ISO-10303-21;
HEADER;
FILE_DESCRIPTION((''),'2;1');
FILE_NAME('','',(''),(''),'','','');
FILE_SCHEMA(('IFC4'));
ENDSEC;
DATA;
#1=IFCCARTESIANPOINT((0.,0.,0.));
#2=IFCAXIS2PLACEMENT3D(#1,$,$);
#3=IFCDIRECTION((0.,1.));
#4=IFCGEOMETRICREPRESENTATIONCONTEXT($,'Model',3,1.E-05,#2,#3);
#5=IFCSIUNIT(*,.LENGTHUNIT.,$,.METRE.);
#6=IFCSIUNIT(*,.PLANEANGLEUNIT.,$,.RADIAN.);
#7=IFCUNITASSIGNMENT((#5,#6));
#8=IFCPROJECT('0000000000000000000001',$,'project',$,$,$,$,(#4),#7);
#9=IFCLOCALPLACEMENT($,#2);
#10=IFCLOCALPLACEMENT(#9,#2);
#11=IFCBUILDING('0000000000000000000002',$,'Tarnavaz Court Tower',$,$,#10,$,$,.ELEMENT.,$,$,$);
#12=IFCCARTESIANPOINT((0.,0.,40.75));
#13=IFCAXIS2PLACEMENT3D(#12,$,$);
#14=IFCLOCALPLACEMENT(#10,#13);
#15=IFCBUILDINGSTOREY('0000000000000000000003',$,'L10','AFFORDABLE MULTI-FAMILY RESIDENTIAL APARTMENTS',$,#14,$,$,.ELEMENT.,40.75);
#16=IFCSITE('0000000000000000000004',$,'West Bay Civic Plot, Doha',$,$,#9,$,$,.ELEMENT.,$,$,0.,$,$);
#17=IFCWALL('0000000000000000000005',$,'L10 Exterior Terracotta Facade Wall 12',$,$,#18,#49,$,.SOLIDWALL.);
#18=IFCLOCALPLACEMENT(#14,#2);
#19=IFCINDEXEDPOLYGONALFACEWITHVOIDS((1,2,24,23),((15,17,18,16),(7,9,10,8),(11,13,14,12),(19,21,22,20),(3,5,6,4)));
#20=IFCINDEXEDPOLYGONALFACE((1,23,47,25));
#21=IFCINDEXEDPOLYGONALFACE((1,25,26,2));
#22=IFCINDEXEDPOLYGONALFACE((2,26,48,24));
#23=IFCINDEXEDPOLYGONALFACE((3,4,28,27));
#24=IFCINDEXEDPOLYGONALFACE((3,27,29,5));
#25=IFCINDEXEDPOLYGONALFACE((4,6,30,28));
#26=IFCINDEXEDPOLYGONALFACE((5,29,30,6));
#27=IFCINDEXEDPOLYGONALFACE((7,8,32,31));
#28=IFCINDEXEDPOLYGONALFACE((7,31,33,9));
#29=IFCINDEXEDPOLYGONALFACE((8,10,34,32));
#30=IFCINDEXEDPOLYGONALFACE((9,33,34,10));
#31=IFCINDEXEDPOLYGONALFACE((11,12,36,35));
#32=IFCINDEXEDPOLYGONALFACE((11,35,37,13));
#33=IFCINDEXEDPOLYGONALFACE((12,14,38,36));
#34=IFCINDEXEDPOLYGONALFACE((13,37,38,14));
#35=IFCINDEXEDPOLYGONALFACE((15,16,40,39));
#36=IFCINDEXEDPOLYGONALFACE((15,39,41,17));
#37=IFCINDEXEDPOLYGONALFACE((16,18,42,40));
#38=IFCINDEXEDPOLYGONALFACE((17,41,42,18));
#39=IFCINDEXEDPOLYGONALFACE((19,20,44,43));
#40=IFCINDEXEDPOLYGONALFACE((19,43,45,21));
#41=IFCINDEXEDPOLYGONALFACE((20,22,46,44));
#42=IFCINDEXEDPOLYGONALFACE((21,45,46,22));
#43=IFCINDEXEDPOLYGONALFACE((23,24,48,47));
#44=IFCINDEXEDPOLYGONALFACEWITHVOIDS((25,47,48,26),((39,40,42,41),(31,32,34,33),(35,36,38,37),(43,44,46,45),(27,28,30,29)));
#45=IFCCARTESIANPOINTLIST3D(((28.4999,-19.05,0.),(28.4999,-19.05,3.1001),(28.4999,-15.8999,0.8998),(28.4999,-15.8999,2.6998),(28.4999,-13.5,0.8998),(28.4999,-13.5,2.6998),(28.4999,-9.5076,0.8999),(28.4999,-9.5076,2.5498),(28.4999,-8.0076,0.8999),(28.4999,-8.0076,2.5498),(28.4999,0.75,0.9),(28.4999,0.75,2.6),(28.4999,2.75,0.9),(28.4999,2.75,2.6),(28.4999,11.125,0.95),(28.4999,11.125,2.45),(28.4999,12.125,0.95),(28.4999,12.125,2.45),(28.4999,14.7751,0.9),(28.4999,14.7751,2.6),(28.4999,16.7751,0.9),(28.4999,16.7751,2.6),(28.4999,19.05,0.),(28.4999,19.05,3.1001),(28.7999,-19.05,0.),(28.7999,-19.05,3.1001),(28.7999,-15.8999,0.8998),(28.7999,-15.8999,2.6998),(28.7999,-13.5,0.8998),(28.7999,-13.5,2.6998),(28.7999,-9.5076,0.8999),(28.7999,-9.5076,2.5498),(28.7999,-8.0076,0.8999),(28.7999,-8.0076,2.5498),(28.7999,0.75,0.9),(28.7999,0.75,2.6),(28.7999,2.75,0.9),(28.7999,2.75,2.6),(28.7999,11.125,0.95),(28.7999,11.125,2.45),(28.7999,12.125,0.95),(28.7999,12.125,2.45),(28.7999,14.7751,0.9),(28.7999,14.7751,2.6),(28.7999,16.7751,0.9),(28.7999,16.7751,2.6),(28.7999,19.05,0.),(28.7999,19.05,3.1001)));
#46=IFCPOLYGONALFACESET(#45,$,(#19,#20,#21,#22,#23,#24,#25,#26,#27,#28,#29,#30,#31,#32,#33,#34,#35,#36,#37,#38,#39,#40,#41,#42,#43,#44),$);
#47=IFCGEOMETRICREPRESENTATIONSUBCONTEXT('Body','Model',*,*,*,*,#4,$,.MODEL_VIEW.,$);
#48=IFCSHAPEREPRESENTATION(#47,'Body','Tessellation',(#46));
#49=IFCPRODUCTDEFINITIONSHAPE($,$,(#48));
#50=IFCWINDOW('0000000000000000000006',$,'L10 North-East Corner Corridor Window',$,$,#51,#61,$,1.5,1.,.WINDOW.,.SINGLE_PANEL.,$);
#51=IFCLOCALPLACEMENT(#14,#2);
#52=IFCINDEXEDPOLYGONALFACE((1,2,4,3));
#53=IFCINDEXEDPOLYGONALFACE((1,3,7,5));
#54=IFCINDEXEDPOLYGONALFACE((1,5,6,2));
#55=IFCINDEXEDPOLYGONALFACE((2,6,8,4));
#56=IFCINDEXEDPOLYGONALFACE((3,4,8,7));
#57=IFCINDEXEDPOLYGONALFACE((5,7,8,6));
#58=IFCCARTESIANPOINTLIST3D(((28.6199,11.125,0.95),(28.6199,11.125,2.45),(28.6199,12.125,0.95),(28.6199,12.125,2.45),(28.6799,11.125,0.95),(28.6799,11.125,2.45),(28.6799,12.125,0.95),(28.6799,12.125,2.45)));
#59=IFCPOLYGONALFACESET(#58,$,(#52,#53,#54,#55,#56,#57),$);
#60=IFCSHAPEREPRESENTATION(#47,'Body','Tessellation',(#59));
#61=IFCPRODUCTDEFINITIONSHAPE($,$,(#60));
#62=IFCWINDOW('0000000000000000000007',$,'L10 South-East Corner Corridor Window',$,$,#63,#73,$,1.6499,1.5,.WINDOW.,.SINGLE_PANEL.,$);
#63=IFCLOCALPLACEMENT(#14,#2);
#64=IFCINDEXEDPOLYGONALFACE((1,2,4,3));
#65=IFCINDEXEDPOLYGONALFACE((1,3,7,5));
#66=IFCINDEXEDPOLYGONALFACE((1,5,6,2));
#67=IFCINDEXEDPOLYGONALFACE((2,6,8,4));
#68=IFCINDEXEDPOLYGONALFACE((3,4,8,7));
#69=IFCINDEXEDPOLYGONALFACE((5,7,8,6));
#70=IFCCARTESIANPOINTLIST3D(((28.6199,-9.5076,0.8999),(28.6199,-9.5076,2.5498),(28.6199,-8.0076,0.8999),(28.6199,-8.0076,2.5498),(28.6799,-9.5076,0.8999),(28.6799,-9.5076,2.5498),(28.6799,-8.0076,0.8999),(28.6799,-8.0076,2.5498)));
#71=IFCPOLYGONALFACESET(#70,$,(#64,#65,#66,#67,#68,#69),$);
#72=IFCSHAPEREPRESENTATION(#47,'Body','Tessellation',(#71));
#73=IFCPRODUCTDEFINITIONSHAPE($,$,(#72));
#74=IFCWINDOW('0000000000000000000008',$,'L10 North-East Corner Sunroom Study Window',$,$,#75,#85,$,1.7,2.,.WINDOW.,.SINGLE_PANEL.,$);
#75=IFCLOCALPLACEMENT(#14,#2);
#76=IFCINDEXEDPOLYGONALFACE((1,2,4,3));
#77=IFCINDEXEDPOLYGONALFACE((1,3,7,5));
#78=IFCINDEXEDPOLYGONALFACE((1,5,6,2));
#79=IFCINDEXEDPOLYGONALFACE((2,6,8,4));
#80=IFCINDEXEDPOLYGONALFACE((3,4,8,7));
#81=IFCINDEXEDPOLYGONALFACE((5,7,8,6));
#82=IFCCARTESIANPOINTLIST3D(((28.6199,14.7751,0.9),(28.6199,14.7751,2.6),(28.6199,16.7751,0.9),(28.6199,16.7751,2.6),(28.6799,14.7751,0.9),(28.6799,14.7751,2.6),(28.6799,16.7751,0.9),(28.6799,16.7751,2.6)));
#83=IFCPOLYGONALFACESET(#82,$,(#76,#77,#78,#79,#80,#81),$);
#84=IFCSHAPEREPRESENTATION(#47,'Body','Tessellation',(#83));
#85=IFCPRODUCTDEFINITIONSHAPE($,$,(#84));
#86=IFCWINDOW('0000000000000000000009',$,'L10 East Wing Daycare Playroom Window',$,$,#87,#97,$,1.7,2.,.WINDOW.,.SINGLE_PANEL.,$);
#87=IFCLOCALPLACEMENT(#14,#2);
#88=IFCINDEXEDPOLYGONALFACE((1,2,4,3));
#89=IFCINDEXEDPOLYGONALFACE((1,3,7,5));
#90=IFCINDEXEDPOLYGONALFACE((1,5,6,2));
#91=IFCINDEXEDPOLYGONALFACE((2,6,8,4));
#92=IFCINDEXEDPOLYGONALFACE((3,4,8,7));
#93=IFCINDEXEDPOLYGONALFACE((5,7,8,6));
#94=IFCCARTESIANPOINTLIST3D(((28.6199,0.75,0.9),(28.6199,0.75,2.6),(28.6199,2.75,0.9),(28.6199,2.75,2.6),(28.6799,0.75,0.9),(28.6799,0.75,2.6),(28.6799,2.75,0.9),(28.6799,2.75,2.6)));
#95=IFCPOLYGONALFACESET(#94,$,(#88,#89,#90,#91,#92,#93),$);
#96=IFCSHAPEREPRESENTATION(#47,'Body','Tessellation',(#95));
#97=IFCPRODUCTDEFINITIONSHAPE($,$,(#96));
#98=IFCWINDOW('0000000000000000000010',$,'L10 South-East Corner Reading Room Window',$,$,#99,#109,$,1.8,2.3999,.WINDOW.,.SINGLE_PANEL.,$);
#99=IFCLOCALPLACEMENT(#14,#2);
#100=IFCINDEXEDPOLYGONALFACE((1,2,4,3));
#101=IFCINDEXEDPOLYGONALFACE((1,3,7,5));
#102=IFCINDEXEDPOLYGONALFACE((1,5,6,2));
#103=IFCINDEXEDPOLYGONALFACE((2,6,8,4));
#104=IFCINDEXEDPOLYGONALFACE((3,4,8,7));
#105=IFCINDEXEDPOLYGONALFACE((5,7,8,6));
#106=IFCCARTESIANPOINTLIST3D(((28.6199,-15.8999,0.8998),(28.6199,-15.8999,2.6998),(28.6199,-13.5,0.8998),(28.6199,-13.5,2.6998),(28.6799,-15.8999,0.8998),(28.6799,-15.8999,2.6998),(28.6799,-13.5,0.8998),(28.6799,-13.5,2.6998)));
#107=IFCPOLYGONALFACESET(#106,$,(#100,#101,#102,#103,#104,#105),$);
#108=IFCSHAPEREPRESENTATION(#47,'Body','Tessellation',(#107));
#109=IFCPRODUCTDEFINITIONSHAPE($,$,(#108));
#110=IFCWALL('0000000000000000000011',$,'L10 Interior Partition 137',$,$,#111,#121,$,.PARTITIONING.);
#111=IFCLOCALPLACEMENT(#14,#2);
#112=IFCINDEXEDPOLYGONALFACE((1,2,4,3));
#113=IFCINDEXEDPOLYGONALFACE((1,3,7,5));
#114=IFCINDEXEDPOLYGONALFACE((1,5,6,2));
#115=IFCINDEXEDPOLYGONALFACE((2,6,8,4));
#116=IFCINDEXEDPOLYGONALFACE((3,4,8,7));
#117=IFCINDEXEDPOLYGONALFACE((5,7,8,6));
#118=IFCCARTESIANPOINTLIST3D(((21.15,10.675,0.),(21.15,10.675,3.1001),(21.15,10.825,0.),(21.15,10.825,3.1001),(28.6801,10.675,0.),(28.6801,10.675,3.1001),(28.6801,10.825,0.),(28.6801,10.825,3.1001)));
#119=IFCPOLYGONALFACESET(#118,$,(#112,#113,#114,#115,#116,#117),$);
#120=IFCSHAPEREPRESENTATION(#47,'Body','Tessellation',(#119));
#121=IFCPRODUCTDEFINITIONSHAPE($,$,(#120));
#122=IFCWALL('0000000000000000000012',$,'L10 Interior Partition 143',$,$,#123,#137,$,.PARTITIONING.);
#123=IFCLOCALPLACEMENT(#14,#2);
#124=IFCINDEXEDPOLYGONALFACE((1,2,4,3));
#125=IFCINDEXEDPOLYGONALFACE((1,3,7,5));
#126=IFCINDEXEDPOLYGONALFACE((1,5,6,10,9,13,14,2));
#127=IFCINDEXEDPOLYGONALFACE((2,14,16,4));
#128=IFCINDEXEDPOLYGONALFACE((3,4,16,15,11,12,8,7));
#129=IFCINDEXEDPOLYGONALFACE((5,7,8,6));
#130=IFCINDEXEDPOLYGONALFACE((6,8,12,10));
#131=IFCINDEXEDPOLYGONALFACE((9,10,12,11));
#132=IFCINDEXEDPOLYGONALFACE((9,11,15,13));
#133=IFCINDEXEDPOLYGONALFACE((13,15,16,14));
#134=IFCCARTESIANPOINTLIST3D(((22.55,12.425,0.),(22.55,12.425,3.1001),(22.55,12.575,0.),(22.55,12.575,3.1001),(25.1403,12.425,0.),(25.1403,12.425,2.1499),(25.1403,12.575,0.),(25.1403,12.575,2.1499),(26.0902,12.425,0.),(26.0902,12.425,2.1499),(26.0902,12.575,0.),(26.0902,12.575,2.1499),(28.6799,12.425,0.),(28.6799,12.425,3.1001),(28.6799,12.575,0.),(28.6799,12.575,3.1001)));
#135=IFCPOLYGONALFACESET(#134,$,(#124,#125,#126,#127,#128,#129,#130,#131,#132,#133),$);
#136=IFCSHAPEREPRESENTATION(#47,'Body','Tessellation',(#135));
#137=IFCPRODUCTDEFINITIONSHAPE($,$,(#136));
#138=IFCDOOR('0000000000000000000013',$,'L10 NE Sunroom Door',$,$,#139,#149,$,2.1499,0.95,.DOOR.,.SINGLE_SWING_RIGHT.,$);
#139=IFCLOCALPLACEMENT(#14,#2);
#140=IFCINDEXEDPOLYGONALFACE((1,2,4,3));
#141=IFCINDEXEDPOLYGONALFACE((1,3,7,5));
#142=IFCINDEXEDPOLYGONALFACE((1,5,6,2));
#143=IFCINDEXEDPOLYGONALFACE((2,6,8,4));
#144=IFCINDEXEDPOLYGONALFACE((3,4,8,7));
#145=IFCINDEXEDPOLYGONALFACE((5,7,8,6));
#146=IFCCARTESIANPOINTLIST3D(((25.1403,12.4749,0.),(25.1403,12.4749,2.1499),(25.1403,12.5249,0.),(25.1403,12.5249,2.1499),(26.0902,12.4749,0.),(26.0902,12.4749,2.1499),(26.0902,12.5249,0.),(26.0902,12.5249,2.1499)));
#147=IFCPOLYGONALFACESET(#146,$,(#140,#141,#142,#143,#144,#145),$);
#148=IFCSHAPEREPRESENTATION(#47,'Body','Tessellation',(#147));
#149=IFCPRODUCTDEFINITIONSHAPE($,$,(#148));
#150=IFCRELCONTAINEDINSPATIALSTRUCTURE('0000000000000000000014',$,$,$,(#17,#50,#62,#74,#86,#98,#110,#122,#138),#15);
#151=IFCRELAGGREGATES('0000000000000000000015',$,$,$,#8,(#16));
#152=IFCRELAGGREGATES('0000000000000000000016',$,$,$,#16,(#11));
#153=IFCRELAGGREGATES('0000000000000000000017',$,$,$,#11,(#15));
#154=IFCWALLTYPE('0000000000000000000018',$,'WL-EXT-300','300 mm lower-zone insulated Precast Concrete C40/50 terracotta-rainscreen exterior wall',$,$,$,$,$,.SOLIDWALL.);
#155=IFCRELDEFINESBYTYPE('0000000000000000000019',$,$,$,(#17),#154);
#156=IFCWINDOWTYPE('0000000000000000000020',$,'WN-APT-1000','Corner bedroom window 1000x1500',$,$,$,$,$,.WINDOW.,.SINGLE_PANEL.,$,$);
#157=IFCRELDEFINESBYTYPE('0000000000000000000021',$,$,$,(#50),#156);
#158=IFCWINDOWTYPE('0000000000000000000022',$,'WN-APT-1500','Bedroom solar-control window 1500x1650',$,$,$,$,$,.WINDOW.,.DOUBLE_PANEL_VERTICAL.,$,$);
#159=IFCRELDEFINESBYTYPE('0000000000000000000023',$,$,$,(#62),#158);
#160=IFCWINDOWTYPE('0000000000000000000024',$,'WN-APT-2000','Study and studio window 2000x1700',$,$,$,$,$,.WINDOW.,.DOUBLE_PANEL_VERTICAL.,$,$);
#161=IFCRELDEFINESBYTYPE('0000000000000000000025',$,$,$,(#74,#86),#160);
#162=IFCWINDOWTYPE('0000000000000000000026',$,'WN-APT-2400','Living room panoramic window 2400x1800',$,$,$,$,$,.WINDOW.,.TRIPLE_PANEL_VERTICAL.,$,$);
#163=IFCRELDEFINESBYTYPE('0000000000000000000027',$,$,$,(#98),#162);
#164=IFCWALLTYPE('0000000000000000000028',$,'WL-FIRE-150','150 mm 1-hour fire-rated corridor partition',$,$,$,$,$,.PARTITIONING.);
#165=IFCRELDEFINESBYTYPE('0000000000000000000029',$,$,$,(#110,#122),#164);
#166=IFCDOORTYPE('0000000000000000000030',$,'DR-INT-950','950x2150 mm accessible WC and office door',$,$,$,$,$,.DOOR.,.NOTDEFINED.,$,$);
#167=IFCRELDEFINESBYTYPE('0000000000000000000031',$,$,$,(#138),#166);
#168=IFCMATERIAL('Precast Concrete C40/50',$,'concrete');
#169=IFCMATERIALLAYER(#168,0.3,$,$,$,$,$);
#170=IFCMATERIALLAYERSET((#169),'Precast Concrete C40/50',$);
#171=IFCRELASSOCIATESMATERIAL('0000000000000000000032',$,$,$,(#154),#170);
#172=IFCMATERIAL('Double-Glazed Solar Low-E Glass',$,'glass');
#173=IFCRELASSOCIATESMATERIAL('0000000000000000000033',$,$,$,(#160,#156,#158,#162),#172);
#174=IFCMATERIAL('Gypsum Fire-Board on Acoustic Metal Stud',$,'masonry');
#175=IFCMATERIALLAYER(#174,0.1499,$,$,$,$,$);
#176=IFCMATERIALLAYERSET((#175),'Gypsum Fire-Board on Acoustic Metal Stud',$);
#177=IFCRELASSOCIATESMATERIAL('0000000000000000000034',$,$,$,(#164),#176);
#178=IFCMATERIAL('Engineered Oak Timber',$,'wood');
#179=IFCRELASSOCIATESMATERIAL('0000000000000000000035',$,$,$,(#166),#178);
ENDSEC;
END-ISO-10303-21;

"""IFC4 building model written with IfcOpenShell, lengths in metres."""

from ifc_helpers import new_model, si_unit, direction, frame, frame_2d, origin, place, context, subcontext, project, spatial, rectangle, extrude, material, layer, layer_set, type_object, element, fill, save


model = new_model("IFC4")

# Units and contexts
model_context = context("Model", 3, precision=1e-05, world=origin(), true_north=direction((0.0, 1.0)))
body_context = subcontext(model_context, "Body", "Model", "MODEL_VIEW")
ifc_project = project(units=[si_unit("LENGTHUNIT", "METRE"), si_unit("PLANEANGLEUNIT", "RADIAN")], contexts=[model_context])

# Site, building, storey
site_placement = place(None, origin())
site = spatial("IfcSite", under=ifc_project, at=site_placement, Name="West Bay Civic Plot, Doha", CompositionType="ELEMENT", RefElevation=0.0)
building_placement = place(site_placement, origin())
building = spatial("IfcBuilding", under=site, at=building_placement, Name="Tarnavaz Court Tower", CompositionType="ELEMENT")
storey_placement = place(building_placement, frame((0.0, 0.0, 40.75)))
storey = spatial("IfcBuildingStorey", under=building, at=storey_placement, Name="L10", Description="AFFORDABLE MULTI-FAMILY RESIDENTIAL APARTMENTS", CompositionType="ELEMENT", Elevation=40.75)

# Shared definitions
ifc_material_1 = material(Name="Precast Concrete C40/50", Category="concrete")
ifc_layer_1 = layer(ifc_material_1, 0.3)
ifc_layer_set_1 = layer_set([ifc_layer_1], Name="Precast Concrete C40/50")
wall_type_1 = type_object("IfcWallType", Name="WL-EXT-300", Description="300 mm lower-zone insulated Precast Concrete C40/50 terracotta-rainscreen exterior wall", PredefinedType="SOLIDWALL", material=ifc_layer_set_1)
ifc_material_2 = material(Name="Double-Glazed Solar Low-E Glass", Category="glass")
window_type_1 = type_object("IfcWindowType", Name="WN-APT-2000", Description="Study and studio window 2000x1700", PartitioningType="DOUBLE_PANEL_VERTICAL", PredefinedType="WINDOW", material=ifc_material_2)

# Wall, openings, windows
wall_1_placement = place(storey_placement, frame((28.6499, 19.05, 0.0), z_axis=(0.0, 0.0, 1.0), x_axis=(0.0, -1.0, 0.0)))
wall_1 = element("IfcWall", 1, at=wall_1_placement, inside=storey, type_object=wall_type_1, Name="L10 Exterior Terracotta Facade Wall 12", PredefinedType="SOLIDWALL", context=body_context, shape_type="SweptSolid", body=[
    extrude(rectangle(XDim=38.1001, YDim=0.3, at=frame_2d((19.05, 0.0))), origin(), (0.0, 0.0, 1.0), 3.1001),
])
opening_1_placement = place(wall_1_placement, frame((2.2749, 0.0, 0.8999)))
opening_1 = element("IfcOpeningElement", 2, at=opening_1_placement, cuts=wall_1, PredefinedType="OPENING", context=body_context, shape_type="SweptSolid", body=[
    extrude(rectangle(XDim=2.0, YDim=1.7, at=frame_2d((1.0, 0.8501))), frame((0.0, 0.1599, 0.0), z_axis=(0.0, -1.0, 0.0), x_axis=(1.0, 0.0, 0.0)), (0.0, 0.0, 1.0), 0.3201),
])
opening_2_placement = place(wall_1_placement, frame((6.925, 0.0, 0.95)))
opening_2 = element("IfcOpeningElement", 3, at=opening_2_placement, cuts=wall_1, PredefinedType="OPENING", context=body_context, shape_type="SweptSolid", body=[
    extrude(rectangle(XDim=1.0, YDim=1.5, at=frame_2d((0.5, 0.75))), frame((0.0, 0.1599, 0.0), z_axis=(0.0, -1.0, 0.0), x_axis=(1.0, 0.0, 0.0)), (0.0, 0.0, 1.0), 0.3201),
])
opening_3_placement = place(wall_1_placement, frame((16.3, 0.0, 0.8999)))
opening_3 = element("IfcOpeningElement", 4, at=opening_3_placement, cuts=wall_1, PredefinedType="OPENING", context=body_context, shape_type="SweptSolid", body=[
    extrude(rectangle(XDim=2.0, YDim=1.7, at=frame_2d((1.0, 0.8501))), frame((0.0, 0.1599, 0.0), z_axis=(0.0, -1.0, 0.0), x_axis=(1.0, 0.0, 0.0)), (0.0, 0.0, 1.0), 0.3201),
])
opening_4_placement = place(wall_1_placement, frame((27.0576, 0.0, 0.8999)))
opening_4 = element("IfcOpeningElement", 5, at=opening_4_placement, cuts=wall_1, PredefinedType="OPENING", context=body_context, shape_type="SweptSolid", body=[
    extrude(rectangle(XDim=1.5, YDim=1.6499, at=frame_2d((0.75, 0.825))), frame((0.0, 0.1599, 0.0), z_axis=(0.0, -1.0, 0.0), x_axis=(1.0, 0.0, 0.0)), (0.0, 0.0, 1.0), 0.3201),
])
opening_5_placement = place(wall_1_placement, frame((32.55, 0.0, 0.8999)))
opening_5 = element("IfcOpeningElement", 6, at=opening_5_placement, cuts=wall_1, PredefinedType="OPENING", context=body_context, shape_type="SweptSolid", body=[
    extrude(rectangle(XDim=2.3999, YDim=1.8, at=frame_2d((1.2, 0.8999))), frame((0.0, 0.1599, 0.0), z_axis=(0.0, -1.0, 0.0), x_axis=(1.0, 0.0, 0.0)), (0.0, 0.0, 1.0), 0.3201),
])
window_type_2 = type_object("IfcWindowType", Name="WN-APT-1000", Description="Corner bedroom window 1000x1500", PartitioningType="SINGLE_PANEL", PredefinedType="WINDOW", material=ifc_material_2)
window_1_placement = place(opening_2_placement, origin())
window_1 = element("IfcWindow", 7, at=window_1_placement, inside=storey, type_object=window_type_2, Name="L10 North-East Corner Corridor Window", OverallHeight=1.5, OverallWidth=1.0, PartitioningType="SINGLE_PANEL", PredefinedType="WINDOW", context=body_context, shape_type="SweptSolid", body=[
    extrude(rectangle(XDim=1.0, YDim=1.5, at=frame_2d((0.5, 0.75))), frame((0.0, 0.03, 0.0), z_axis=(0.0, -1.0, 0.0), x_axis=(1.0, 0.0, 0.0)), (0.0, 0.0, 1.0), 0.0601),
])
fill(opening_2, window_1)
window_type_3 = type_object("IfcWindowType", Name="WN-APT-1500", Description="Bedroom solar-control window 1500x1650", PartitioningType="DOUBLE_PANEL_VERTICAL", PredefinedType="WINDOW", material=ifc_material_2)
window_2_placement = place(opening_4_placement, origin())
window_2 = element("IfcWindow", 8, at=window_2_placement, inside=storey, type_object=window_type_3, Name="L10 South-East Corner Corridor Window", OverallHeight=1.6499, OverallWidth=1.5, PartitioningType="SINGLE_PANEL", PredefinedType="WINDOW", context=body_context, shape_type="SweptSolid", body=[
    extrude(rectangle(XDim=1.5, YDim=1.6499, at=frame_2d((0.75, 0.825))), frame((0.0, 0.03, 0.0), z_axis=(0.0, -1.0, 0.0), x_axis=(1.0, 0.0, 0.0)), (0.0, 0.0, 1.0), 0.0601),
])
fill(opening_4, window_2)
window_3_placement = place(opening_1_placement, origin())
window_3 = element("IfcWindow", 9, at=window_3_placement, inside=storey, type_object=window_type_1, Name="L10 North-East Corner Sunroom Study Window", OverallHeight=1.7, OverallWidth=2.0, PartitioningType="SINGLE_PANEL", PredefinedType="WINDOW", context=body_context, shape_type="SweptSolid", body=[
    extrude(rectangle(XDim=2.0, YDim=1.7, at=frame_2d((1.0, 0.8501))), frame((0.0, 0.03, 0.0), z_axis=(0.0, -1.0, 0.0), x_axis=(1.0, 0.0, 0.0)), (0.0, 0.0, 1.0), 0.0601),
])
fill(opening_1, window_3)
window_4_placement = place(opening_3_placement, origin())
window_4 = element("IfcWindow", 10, at=window_4_placement, inside=storey, type_object=window_type_1, Name="L10 East Wing Daycare Playroom Window", OverallHeight=1.7, OverallWidth=2.0, PartitioningType="SINGLE_PANEL", PredefinedType="WINDOW", context=body_context, shape_type="SweptSolid", body=[
    extrude(rectangle(XDim=2.0, YDim=1.7, at=frame_2d((1.0, 0.8501))), frame((0.0, 0.03, 0.0), z_axis=(0.0, -1.0, 0.0), x_axis=(1.0, 0.0, 0.0)), (0.0, 0.0, 1.0), 0.0601),
])
fill(opening_3, window_4)
window_type_4 = type_object("IfcWindowType", Name="WN-APT-2400", Description="Living room panoramic window 2400x1800", PartitioningType="TRIPLE_PANEL_VERTICAL", PredefinedType="WINDOW", material=ifc_material_2)
window_5_placement = place(opening_5_placement, origin())
window_5 = element("IfcWindow", 11, at=window_5_placement, inside=storey, type_object=window_type_4, Name="L10 South-East Corner Reading Room Window", OverallHeight=1.8, OverallWidth=2.3999, PartitioningType="SINGLE_PANEL", PredefinedType="WINDOW", context=body_context, shape_type="SweptSolid", body=[
    extrude(rectangle(XDim=2.3999, YDim=1.8, at=frame_2d((1.2, 0.8999))), frame((0.0, 0.03, 0.0), z_axis=(0.0, -1.0, 0.0), x_axis=(1.0, 0.0, 0.0)), (0.0, 0.0, 1.0), 0.0601),
])
fill(opening_5, window_5)

# Wall
ifc_material_3 = material(Name="Gypsum Fire-Board on Acoustic Metal Stud", Category="masonry")
ifc_layer_2 = layer(ifc_material_3, 0.1499)
ifc_layer_set_2 = layer_set([ifc_layer_2], Name="Gypsum Fire-Board on Acoustic Metal Stud")
wall_type_2 = type_object("IfcWallType", Name="WL-FIRE-150", Description="150 mm 1-hour fire-rated corridor partition", PredefinedType="PARTITIONING", material=ifc_layer_set_2)
wall_2_placement = place(storey_placement, frame((21.1499, 10.75, 0.0), z_axis=(0.0, 0.0, 1.0), x_axis=(1.0, 0.0, 0.0)))
element("IfcWall", 12, at=wall_2_placement, inside=storey, type_object=wall_type_2, Name="L10 Interior Partition 137", PredefinedType="PARTITIONING", context=body_context, shape_type="SweptSolid", body=[
    extrude(rectangle(XDim=7.53, YDim=0.1499, at=frame_2d((3.7651, 0.0))), origin(), (0.0, 0.0, 1.0), 3.1001),
])

# Wall, opening, door
wall_3_placement = place(storey_placement, frame((22.55, 12.5, 0.0), z_axis=(0.0, 0.0, 1.0), x_axis=(1.0, 0.0, 0.0)))
wall_3 = element("IfcWall", 13, at=wall_3_placement, inside=storey, type_object=wall_type_2, Name="L10 Interior Partition 143", PredefinedType="PARTITIONING", context=body_context, shape_type="SweptSolid", body=[
    extrude(rectangle(XDim=6.1299, YDim=0.1499, at=frame_2d((3.0649, 0.0))), origin(), (0.0, 0.0, 1.0), 3.1001),
])
opening_6_placement = place(wall_3_placement, frame((2.5901, 0.0, 0.0)))
opening_6 = element("IfcOpeningElement", 14, at=opening_6_placement, cuts=wall_3, PredefinedType="OPENING", context=body_context, shape_type="SweptSolid", body=[
    extrude(rectangle(XDim=0.95, YDim=2.1499, at=frame_2d((0.4751, 1.075))), frame((0.0, 0.085, 0.0), z_axis=(0.0, -1.0, 0.0), x_axis=(1.0, 0.0, 0.0)), (0.0, 0.0, 1.0), 0.1699),
])
ifc_material_4 = material(Name="Engineered Oak Timber", Category="wood")
door_type = type_object("IfcDoorType", Name="DR-INT-950", Description="950x2150 mm accessible WC and office door", OperationType="NOTDEFINED", PredefinedType="DOOR", material=ifc_material_4)
door_placement = place(opening_6_placement, origin())
door = element("IfcDoor", 15, at=door_placement, inside=storey, type_object=door_type, Name="L10 NE Sunroom Door", OperationType="SINGLE_SWING_RIGHT", OverallHeight=2.1499, OverallWidth=0.95, PredefinedType="DOOR", context=body_context, shape_type="SweptSolid", body=[
    extrude(rectangle(XDim=0.95, YDim=2.1499, at=frame_2d((0.4751, 1.075))), frame((0.0, 0.0249, 0.0), z_axis=(0.0, -1.0, 0.0), x_axis=(1.0, 0.0, 0.0)), (0.0, 0.0, 1.0), 0.05),
])
fill(opening_6, door)

save(model, "model.ifc")
